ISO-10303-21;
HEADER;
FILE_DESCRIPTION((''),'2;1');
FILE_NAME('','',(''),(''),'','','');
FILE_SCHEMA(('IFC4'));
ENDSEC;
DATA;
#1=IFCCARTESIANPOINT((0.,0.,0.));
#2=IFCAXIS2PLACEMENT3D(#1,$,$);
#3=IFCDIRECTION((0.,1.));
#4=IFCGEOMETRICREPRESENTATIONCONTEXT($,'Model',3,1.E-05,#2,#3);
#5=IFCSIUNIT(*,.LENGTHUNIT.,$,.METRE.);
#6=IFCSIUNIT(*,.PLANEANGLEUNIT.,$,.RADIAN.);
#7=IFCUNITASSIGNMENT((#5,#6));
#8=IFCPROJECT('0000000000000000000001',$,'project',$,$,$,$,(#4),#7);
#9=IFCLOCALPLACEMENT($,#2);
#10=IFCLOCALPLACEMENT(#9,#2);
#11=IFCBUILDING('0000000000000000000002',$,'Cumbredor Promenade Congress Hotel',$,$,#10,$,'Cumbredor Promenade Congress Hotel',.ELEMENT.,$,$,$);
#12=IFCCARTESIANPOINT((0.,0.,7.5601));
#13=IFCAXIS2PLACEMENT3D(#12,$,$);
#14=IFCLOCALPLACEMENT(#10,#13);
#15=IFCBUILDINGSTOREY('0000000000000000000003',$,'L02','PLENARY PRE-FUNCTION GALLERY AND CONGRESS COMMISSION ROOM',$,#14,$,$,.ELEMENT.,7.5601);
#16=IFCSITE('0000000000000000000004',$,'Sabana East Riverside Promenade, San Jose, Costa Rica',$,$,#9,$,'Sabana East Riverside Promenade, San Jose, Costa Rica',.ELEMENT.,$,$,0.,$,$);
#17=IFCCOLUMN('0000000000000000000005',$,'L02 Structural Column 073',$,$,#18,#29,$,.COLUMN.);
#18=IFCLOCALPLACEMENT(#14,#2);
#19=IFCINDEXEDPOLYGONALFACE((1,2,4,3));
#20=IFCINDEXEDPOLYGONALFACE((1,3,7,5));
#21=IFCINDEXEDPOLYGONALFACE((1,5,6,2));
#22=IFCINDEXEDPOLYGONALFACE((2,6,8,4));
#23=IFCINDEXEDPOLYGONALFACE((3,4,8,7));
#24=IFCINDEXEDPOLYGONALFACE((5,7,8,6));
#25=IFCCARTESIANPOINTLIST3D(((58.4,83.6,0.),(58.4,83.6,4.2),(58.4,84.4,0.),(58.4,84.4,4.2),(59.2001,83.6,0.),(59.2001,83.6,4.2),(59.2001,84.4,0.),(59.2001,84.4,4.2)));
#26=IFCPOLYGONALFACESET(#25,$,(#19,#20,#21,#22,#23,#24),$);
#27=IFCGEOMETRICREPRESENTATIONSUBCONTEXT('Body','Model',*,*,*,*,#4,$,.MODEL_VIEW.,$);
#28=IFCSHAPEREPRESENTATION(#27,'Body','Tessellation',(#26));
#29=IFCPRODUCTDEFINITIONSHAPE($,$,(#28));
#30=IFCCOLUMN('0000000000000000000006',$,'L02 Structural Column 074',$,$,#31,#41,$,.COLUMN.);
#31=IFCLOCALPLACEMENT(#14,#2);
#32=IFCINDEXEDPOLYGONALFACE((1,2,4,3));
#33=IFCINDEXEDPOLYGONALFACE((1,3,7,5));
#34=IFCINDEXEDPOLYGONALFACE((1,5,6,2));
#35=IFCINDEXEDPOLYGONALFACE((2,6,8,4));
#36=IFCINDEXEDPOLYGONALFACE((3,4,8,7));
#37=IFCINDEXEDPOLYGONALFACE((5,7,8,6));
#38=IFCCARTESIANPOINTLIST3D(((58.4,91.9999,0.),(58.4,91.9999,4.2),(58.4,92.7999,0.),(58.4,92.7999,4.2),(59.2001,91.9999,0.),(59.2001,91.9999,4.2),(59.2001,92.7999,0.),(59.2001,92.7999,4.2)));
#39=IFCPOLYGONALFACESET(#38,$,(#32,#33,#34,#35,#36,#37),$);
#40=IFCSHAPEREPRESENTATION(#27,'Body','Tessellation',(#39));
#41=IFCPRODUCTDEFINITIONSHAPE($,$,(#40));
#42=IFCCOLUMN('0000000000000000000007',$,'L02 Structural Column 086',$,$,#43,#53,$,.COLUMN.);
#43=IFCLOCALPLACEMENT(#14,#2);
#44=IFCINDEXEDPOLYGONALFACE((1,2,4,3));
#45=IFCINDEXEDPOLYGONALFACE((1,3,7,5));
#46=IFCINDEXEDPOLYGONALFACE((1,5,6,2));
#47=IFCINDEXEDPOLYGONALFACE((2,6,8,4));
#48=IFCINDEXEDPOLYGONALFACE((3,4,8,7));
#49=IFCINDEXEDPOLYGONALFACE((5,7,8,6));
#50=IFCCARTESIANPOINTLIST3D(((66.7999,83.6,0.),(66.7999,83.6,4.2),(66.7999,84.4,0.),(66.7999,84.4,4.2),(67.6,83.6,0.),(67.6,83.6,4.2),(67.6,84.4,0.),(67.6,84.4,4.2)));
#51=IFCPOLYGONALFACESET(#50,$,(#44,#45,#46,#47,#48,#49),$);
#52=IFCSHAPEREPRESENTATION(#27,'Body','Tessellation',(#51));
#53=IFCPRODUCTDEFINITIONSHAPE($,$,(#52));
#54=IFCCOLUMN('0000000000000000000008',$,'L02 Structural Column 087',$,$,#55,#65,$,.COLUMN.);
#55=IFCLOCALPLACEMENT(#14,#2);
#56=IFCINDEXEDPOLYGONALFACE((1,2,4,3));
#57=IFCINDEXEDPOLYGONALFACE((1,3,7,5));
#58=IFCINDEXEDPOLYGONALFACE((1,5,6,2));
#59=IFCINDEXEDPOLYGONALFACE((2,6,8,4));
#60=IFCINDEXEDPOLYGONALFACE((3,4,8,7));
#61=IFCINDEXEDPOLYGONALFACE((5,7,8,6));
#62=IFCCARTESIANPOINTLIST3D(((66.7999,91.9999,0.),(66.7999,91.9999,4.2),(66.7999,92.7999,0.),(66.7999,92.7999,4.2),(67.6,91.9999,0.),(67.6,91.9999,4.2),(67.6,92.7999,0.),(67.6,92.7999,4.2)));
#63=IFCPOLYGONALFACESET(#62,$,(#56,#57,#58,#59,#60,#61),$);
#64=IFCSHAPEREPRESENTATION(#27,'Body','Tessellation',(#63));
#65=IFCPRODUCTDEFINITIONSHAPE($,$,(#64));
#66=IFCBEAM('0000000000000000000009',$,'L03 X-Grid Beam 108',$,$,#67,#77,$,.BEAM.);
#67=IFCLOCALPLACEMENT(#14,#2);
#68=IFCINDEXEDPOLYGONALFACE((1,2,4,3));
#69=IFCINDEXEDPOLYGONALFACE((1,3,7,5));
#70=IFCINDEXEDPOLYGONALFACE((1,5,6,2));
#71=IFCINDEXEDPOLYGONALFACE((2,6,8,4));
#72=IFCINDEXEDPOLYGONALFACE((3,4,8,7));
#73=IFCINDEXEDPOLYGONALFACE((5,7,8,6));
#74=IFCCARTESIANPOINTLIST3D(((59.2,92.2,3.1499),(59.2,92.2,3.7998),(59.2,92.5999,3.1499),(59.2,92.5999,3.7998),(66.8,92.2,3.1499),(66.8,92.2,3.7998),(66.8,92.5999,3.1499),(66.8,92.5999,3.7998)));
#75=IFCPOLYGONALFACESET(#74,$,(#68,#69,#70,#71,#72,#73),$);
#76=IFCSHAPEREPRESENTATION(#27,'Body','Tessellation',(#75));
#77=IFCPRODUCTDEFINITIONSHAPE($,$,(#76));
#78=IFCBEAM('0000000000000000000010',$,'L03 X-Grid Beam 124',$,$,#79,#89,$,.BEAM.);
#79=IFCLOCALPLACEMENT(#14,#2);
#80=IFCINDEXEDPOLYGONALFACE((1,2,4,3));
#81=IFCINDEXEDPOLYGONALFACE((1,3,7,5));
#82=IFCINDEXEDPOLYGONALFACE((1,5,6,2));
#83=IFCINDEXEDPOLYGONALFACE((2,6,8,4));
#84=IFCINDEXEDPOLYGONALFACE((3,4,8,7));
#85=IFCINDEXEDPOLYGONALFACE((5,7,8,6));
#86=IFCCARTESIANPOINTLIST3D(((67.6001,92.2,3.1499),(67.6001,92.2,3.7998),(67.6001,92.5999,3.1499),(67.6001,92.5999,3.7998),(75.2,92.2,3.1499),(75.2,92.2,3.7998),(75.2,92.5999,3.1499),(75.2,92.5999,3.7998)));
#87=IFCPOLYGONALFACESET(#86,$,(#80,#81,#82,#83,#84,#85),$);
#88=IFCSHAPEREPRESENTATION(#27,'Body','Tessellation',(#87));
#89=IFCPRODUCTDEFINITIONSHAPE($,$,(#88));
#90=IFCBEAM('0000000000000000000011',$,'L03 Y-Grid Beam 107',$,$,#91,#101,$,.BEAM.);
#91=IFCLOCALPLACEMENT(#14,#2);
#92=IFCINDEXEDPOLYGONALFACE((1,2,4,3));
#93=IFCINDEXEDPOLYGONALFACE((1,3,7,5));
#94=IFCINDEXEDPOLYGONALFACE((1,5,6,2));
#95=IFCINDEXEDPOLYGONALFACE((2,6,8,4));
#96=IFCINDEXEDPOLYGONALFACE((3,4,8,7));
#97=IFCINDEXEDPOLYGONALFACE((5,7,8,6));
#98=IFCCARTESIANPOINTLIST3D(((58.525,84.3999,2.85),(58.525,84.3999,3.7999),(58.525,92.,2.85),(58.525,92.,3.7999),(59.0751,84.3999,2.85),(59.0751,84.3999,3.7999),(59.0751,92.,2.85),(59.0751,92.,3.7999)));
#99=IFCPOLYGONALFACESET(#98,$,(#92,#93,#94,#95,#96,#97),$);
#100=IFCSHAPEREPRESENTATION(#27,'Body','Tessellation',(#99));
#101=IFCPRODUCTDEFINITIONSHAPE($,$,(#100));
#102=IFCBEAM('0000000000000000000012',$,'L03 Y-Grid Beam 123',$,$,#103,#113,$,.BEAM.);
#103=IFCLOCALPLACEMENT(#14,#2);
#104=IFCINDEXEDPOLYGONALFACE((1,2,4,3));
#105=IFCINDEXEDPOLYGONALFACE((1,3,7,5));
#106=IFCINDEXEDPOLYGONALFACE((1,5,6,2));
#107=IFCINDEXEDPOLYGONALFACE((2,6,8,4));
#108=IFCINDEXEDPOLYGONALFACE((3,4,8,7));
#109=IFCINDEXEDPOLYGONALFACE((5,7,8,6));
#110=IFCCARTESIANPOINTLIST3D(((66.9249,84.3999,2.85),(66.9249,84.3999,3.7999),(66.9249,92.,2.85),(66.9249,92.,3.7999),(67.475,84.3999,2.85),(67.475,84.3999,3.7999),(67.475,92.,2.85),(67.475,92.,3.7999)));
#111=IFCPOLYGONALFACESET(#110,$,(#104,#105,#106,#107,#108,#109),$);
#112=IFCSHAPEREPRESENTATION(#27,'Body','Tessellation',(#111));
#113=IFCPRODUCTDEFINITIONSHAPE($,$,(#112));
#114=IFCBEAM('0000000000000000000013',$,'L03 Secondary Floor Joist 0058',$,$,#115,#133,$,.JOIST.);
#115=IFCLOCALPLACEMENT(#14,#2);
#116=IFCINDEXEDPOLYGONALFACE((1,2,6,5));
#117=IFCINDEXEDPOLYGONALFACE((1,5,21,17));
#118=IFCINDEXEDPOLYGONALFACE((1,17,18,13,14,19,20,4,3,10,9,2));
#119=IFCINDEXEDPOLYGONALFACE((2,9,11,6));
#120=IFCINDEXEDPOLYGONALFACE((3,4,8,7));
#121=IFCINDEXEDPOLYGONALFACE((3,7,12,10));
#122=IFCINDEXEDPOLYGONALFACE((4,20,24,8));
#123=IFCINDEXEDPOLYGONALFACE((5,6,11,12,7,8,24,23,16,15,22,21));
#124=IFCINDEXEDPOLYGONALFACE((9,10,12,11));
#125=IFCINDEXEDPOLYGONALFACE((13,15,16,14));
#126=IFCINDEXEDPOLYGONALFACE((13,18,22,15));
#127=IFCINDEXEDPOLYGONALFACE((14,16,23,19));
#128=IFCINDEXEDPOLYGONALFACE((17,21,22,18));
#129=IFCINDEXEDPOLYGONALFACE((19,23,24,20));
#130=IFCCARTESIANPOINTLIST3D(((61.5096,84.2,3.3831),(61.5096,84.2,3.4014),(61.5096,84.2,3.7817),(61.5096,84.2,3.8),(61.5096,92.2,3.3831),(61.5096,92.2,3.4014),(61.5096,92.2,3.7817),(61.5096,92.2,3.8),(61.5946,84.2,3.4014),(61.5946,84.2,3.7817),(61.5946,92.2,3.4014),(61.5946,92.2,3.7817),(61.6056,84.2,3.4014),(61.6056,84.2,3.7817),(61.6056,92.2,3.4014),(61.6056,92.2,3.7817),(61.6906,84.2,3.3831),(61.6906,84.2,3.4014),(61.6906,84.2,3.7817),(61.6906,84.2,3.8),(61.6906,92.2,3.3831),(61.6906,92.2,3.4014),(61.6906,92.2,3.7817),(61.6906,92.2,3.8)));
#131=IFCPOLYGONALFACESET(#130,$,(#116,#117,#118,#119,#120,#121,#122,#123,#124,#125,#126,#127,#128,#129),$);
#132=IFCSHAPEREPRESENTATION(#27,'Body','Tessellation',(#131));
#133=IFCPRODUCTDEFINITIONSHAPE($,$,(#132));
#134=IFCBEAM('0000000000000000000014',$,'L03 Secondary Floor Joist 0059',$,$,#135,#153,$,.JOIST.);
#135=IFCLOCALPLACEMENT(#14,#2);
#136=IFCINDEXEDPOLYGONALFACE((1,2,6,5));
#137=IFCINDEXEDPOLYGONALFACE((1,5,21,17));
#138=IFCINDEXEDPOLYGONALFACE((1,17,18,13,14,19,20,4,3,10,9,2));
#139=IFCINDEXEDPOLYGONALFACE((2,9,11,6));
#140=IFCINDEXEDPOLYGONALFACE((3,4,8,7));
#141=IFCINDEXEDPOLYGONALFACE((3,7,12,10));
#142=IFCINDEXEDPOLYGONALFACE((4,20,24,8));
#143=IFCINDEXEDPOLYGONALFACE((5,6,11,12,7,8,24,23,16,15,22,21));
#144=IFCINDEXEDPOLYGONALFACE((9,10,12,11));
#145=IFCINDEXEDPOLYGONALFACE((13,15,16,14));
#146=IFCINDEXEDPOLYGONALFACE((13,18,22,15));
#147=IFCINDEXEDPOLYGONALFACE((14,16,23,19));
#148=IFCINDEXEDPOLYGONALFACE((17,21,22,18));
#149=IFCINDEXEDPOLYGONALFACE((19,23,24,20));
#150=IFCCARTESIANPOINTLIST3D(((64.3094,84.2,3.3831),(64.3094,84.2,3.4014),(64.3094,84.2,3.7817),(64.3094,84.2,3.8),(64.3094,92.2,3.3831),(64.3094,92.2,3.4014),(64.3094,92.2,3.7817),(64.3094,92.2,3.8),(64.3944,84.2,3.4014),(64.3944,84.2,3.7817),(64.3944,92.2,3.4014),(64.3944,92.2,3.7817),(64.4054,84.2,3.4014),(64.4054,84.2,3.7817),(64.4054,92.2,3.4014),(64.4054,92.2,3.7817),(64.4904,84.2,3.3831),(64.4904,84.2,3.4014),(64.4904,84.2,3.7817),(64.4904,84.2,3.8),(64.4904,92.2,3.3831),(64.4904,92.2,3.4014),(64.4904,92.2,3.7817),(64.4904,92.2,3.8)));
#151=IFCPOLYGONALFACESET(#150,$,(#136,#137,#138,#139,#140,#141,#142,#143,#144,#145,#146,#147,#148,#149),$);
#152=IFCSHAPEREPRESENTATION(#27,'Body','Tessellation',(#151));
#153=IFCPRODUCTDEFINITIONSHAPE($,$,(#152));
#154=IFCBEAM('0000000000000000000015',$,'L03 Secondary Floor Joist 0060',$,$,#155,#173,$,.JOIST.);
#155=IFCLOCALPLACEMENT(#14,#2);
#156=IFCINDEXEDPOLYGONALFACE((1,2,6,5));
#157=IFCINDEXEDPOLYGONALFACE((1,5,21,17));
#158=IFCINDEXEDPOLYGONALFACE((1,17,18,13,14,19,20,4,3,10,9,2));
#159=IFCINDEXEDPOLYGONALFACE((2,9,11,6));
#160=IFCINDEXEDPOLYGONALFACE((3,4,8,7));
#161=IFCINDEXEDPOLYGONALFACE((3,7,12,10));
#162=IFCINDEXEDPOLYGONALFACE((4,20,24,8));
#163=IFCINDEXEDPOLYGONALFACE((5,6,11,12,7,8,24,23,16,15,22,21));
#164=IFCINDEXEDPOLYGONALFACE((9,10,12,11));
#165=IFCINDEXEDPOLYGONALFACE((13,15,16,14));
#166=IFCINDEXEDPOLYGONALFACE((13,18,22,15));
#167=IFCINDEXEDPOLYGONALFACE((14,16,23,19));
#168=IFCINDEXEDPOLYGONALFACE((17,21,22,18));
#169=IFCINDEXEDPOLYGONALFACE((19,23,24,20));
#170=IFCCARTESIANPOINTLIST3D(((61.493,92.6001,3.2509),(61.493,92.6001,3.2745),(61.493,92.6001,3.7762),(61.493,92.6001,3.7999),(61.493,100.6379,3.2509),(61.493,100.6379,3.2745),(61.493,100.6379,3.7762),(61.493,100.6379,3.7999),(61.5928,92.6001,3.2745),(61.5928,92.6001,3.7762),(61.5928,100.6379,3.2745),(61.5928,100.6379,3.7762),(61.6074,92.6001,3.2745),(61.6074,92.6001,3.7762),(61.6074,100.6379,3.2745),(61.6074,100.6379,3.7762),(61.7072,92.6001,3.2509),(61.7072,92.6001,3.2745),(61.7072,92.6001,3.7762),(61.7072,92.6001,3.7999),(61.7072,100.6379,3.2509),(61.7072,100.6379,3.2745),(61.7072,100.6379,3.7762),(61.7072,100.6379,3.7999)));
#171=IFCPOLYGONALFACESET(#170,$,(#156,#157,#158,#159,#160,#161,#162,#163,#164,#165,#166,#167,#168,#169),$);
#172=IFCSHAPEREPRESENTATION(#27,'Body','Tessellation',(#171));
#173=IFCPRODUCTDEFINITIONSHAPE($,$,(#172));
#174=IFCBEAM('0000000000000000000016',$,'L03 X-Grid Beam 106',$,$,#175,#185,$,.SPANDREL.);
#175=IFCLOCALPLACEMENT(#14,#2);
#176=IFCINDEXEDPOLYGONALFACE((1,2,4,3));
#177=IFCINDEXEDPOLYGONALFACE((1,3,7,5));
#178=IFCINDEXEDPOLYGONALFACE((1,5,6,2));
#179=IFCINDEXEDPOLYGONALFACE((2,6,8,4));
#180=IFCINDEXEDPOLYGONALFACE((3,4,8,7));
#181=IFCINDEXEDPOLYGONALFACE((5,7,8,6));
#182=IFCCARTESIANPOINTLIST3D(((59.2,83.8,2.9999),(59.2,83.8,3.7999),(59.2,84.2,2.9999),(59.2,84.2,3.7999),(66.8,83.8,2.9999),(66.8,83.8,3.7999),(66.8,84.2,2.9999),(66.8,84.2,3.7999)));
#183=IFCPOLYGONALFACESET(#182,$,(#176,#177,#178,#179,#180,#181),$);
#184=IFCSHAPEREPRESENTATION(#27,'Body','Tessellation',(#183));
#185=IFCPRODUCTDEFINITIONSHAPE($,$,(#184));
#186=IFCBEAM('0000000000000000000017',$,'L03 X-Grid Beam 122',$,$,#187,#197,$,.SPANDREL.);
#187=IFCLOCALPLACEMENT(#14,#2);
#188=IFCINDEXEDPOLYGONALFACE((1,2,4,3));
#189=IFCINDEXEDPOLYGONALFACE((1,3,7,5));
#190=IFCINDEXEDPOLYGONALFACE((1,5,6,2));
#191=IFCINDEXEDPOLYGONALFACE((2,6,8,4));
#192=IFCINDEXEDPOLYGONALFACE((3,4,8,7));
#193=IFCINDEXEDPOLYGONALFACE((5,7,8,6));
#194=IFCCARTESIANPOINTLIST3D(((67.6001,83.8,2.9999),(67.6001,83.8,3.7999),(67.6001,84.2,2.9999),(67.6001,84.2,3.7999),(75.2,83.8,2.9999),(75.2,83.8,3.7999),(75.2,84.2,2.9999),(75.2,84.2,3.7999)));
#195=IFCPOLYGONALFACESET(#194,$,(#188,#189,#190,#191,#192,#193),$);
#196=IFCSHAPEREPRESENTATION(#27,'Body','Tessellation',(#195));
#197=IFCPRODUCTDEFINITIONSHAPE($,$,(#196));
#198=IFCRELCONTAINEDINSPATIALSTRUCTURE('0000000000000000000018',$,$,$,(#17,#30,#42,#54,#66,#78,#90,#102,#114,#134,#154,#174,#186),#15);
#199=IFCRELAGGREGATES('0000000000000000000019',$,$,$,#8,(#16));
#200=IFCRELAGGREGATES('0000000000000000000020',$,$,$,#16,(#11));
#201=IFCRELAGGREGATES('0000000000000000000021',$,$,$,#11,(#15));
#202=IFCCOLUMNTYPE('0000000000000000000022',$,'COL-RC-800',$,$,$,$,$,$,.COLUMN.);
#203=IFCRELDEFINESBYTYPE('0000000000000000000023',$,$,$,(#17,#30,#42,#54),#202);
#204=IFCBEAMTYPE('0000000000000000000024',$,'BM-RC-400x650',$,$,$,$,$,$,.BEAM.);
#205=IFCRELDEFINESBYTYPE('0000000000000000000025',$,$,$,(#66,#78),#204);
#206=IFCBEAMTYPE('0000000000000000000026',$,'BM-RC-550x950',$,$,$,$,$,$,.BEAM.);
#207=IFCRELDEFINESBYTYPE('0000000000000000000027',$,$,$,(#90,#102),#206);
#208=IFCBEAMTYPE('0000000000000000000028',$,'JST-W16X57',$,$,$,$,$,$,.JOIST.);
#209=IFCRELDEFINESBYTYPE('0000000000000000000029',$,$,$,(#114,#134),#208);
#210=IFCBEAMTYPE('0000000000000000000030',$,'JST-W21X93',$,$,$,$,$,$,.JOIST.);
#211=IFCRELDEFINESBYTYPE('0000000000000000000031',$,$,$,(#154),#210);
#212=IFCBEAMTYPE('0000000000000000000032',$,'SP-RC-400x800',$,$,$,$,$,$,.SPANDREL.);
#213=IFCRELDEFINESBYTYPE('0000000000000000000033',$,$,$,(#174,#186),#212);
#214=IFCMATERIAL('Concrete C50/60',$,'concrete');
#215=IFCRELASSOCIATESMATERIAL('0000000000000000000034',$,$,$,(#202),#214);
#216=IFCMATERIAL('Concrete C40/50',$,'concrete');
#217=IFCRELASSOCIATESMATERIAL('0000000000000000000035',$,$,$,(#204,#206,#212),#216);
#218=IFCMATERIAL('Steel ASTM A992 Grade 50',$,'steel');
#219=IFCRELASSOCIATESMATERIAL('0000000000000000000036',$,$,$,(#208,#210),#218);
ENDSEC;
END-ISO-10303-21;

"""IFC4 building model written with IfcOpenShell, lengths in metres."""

from ifc_helpers import new_model, si_unit, direction, frame, origin, origin_2d, place, context, subcontext, project, spatial, rectangle, i_section, extrude, material, material_profile, profile_set, type_object, element, save


model = new_model("IFC4")

# Units and contexts
model_context = context("Model", 3, precision=1e-05, world=origin(), true_north=direction((0.0, 1.0)))
body_context = subcontext(model_context, "Body", "Model", "MODEL_VIEW")
ifc_project = project(units=[si_unit("LENGTHUNIT", "METRE"), si_unit("PLANEANGLEUNIT", "RADIAN")], contexts=[model_context])

# Site, building, storey
site_placement = place(None, origin())
site = spatial("IfcSite", under=ifc_project, at=site_placement, Name="Sabana East Riverside Promenade, San Jose, Costa Rica", LongName="Sabana East Riverside Promenade, San Jose, Costa Rica", CompositionType="ELEMENT", RefElevation=0.0)
building_placement = place(site_placement, origin())
building = spatial("IfcBuilding", under=site, at=building_placement, Name="Cumbredor Promenade Congress Hotel", LongName="Cumbredor Promenade Congress Hotel", CompositionType="ELEMENT")
storey_placement = place(building_placement, frame((0.0, 0.0, 7.5601)))
storey = spatial("IfcBuildingStorey", under=building, at=storey_placement, Name="L02", Description="PLENARY PRE-FUNCTION GALLERY AND CONGRESS COMMISSION ROOM", CompositionType="ELEMENT", Elevation=7.5601)

# Columns
ifc_material_1 = material(Name="Concrete C50/60", Category="concrete")
ifc_material_profile_1 = material_profile(ifc_material_1, rectangle(XDim=0.8, YDim=0.8, at=origin_2d()), Name="RC 800x800")
ifc_profile_set_1 = profile_set([ifc_material_profile_1], Name="Concrete C50/60")
column_type = type_object("IfcColumnType", Name="COL-RC-800", PredefinedType="COLUMN", material=ifc_profile_set_1)
for number, where, z_axis, x_axis, name in (
    (1, (58.8, 84.0, 0.0), (0.0, 0.0, 1.0), (1.0, 0.0, 0.0), "L02 Structural Column 073"),
    (2, (58.8, 92.3999, 0.0), (0.0, 0.0, 1.0), (1.0, 0.0, 0.0), "L02 Structural Column 074"),
    (3, (67.2, 84.0, 0.0), (0.0, 0.0, 1.0), (1.0, 0.0, 0.0), "L02 Structural Column 086"),
    (4, (67.2, 92.3999, 0.0), (0.0, 0.0, 1.0), (1.0, 0.0, 0.0), "L02 Structural Column 087"),
):
    element("IfcColumn", number, at=place(storey_placement, frame(where, z_axis=z_axis, x_axis=x_axis)), inside=storey, type_object=column_type, Name=name, PredefinedType="COLUMN", context=body_context, shape_type="SweptSolid", body=[
        extrude(rectangle(XDim=0.8, YDim=0.8, at=origin_2d()), origin(), (0.0, 0.0, 1.0), 4.2),
    ])

# Beams
ifc_material_2 = material(Name="Concrete C40/50", Category="concrete")
ifc_material_profile_2 = material_profile(ifc_material_2, rectangle(XDim=0.3999, YDim=0.6499, at=origin_2d()), Name="RC BEAM 400x650")
ifc_profile_set_2 = profile_set([ifc_material_profile_2], Name="Concrete C40/50")
beam_type_1 = type_object("IfcBeamType", Name="BM-RC-400x650", PredefinedType="BEAM", material=ifc_profile_set_2)
beam_1_placement = place(storey_placement, frame((59.2, 92.3999, 3.4749), z_axis=(1.0, 0.0, 0.0), x_axis=(0.0, 1.0, 0.0)))
element("IfcBeam", 5, at=beam_1_placement, inside=storey, type_object=beam_type_1, Name="L03 X-Grid Beam 108", PredefinedType="BEAM", context=body_context, shape_type="SweptSolid", body=[
    extrude(rectangle(XDim=0.3999, YDim=0.6499, at=origin_2d()), origin(), (0.0, 0.0, 1.0), 7.6001),
])
beam_2_placement = place(storey_placement, frame((67.6001, 92.3999, 3.4749), z_axis=(1.0, 0.0, 0.0), x_axis=(0.0, 1.0, 0.0)))
element("IfcBeam", 6, at=beam_2_placement, inside=storey, type_object=beam_type_1, Name="L03 X-Grid Beam 124", PredefinedType="BEAM", context=body_context, shape_type="SweptSolid", body=[
    extrude(rectangle(XDim=0.3999, YDim=0.6499, at=origin_2d()), origin(), (0.0, 0.0, 1.0), 7.5999),
])
ifc_material_profile_3 = material_profile(ifc_material_2, rectangle(XDim=0.55, YDim=0.95, at=origin_2d()), Name="RC BEAM 550x950")
ifc_profile_set_3 = profile_set([ifc_material_profile_3], Name="Concrete C40/50")
beam_type_2 = type_object("IfcBeamType", Name="BM-RC-550x950", PredefinedType="BEAM", material=ifc_profile_set_3)
for number, where, z_axis, x_axis, name in (
    (7, (58.8, 84.3999, 3.325), (0.0, 1.0, 0.0), (-1.0, 0.0, 0.0), "L03 Y-Grid Beam 107"),
    (8, (67.2, 84.3999, 3.325), (0.0, 1.0, 0.0), (-1.0, 0.0, 0.0), "L03 Y-Grid Beam 123"),
):
    element("IfcBeam", number, at=place(storey_placement, frame(where, z_axis=z_axis, x_axis=x_axis)), inside=storey, type_object=beam_type_2, Name=name, PredefinedType="BEAM", context=body_context, shape_type="SweptSolid", body=[
        extrude(rectangle(XDim=0.55, YDim=0.95, at=origin_2d()), origin(), (0.0, 0.0, 1.0), 7.6001),
    ])
ifc_material_3 = material(Name="Steel ASTM A992 Grade 50", Category="steel")
ifc_material_profile_4 = material_profile(ifc_material_3, i_section(OverallWidth=0.1809, OverallDepth=0.417, WebThickness=0.011, FlangeThickness=0.0183, at=origin_2d()), Name="W16X57")
ifc_profile_set_4 = profile_set([ifc_material_profile_4], Name="Steel ASTM A992 Grade 50")
beam_type_3 = type_object("IfcBeamType", Name="JST-W16X57", PredefinedType="JOIST", material=ifc_profile_set_4)
for number, where, z_axis, x_axis, name in (
    (9, (61.6001, 84.2, 3.5916), (0.0, 1.0, 0.0), (-1.0, 0.0, 0.0), "L03 Secondary Floor Joist 0058"),
    (10, (64.3999, 84.2, 3.5916), (0.0, 1.0, 0.0), (-1.0, 0.0, 0.0), "L03 Secondary Floor Joist 0059"),
):
    element("IfcBeam", number, at=place(storey_placement, frame(where, z_axis=z_axis, x_axis=x_axis)), inside=storey, type_object=beam_type_3, Name=name, PredefinedType="JOIST", context=body_context, shape_type="SweptSolid", body=[
        extrude(i_section(OverallWidth=0.1809, OverallDepth=0.417, WebThickness=0.011, FlangeThickness=0.0183, at=origin_2d()), origin(), (0.0, 0.0, 1.0), 8.0),
    ])
ifc_material_profile_5 = material_profile(ifc_material_3, i_section(OverallWidth=0.2141, OverallDepth=0.5491, WebThickness=0.0146, FlangeThickness=0.0237, at=origin_2d()), Name="W21X93")
ifc_profile_set_5 = profile_set([ifc_material_profile_5], Name="Steel ASTM A992 Grade 50")
beam_type_4 = type_object("IfcBeamType", Name="JST-W21X93", PredefinedType="JOIST", material=ifc_profile_set_5)
beam_3_placement = place(storey_placement, frame((61.6001, 92.6001, 3.5254), z_axis=(0.0, 1.0, 0.0), x_axis=(-1.0, 0.0, 0.0)))
element("IfcBeam", 11, at=beam_3_placement, inside=storey, type_object=beam_type_4, Name="L03 Secondary Floor Joist 0060", PredefinedType="JOIST", context=body_context, shape_type="SweptSolid", body=[
    extrude(i_section(OverallWidth=0.2141, OverallDepth=0.5491, WebThickness=0.0146, FlangeThickness=0.0237, at=origin_2d()), origin(), (0.0, 0.0, 1.0), 8.0378),
])
ifc_material_profile_6 = material_profile(ifc_material_2, rectangle(XDim=0.3999, YDim=0.8, at=origin_2d()), Name="RC SPANDREL 400x800")
ifc_profile_set_6 = profile_set([ifc_material_profile_6], Name="Concrete C40/50")
beam_type_5 = type_object("IfcBeamType", Name="SP-RC-400x800", PredefinedType="SPANDREL", material=ifc_profile_set_6)
beam_4_placement = place(storey_placement, frame((59.2, 84.0, 3.3999), z_axis=(1.0, 0.0, 0.0), x_axis=(0.0, 1.0, 0.0)))
element("IfcBeam", 12, at=beam_4_placement, inside=storey, type_object=beam_type_5, Name="L03 X-Grid Beam 106", PredefinedType="SPANDREL", context=body_context, shape_type="SweptSolid", body=[
    extrude(rectangle(XDim=0.3999, YDim=0.8, at=origin_2d()), origin(), (0.0, 0.0, 1.0), 7.6001),
])
beam_5_placement = place(storey_placement, frame((67.6001, 84.0, 3.3999), z_axis=(1.0, 0.0, 0.0), x_axis=(0.0, 1.0, 0.0)))
element("IfcBeam", 13, at=beam_5_placement, inside=storey, type_object=beam_type_5, Name="L03 X-Grid Beam 122", PredefinedType="SPANDREL", context=body_context, shape_type="SweptSolid", body=[
    extrude(rectangle(XDim=0.3999, YDim=0.8, at=origin_2d()), origin(), (0.0, 0.0, 1.0), 7.5999),
])

save(model, "model.ifc")
